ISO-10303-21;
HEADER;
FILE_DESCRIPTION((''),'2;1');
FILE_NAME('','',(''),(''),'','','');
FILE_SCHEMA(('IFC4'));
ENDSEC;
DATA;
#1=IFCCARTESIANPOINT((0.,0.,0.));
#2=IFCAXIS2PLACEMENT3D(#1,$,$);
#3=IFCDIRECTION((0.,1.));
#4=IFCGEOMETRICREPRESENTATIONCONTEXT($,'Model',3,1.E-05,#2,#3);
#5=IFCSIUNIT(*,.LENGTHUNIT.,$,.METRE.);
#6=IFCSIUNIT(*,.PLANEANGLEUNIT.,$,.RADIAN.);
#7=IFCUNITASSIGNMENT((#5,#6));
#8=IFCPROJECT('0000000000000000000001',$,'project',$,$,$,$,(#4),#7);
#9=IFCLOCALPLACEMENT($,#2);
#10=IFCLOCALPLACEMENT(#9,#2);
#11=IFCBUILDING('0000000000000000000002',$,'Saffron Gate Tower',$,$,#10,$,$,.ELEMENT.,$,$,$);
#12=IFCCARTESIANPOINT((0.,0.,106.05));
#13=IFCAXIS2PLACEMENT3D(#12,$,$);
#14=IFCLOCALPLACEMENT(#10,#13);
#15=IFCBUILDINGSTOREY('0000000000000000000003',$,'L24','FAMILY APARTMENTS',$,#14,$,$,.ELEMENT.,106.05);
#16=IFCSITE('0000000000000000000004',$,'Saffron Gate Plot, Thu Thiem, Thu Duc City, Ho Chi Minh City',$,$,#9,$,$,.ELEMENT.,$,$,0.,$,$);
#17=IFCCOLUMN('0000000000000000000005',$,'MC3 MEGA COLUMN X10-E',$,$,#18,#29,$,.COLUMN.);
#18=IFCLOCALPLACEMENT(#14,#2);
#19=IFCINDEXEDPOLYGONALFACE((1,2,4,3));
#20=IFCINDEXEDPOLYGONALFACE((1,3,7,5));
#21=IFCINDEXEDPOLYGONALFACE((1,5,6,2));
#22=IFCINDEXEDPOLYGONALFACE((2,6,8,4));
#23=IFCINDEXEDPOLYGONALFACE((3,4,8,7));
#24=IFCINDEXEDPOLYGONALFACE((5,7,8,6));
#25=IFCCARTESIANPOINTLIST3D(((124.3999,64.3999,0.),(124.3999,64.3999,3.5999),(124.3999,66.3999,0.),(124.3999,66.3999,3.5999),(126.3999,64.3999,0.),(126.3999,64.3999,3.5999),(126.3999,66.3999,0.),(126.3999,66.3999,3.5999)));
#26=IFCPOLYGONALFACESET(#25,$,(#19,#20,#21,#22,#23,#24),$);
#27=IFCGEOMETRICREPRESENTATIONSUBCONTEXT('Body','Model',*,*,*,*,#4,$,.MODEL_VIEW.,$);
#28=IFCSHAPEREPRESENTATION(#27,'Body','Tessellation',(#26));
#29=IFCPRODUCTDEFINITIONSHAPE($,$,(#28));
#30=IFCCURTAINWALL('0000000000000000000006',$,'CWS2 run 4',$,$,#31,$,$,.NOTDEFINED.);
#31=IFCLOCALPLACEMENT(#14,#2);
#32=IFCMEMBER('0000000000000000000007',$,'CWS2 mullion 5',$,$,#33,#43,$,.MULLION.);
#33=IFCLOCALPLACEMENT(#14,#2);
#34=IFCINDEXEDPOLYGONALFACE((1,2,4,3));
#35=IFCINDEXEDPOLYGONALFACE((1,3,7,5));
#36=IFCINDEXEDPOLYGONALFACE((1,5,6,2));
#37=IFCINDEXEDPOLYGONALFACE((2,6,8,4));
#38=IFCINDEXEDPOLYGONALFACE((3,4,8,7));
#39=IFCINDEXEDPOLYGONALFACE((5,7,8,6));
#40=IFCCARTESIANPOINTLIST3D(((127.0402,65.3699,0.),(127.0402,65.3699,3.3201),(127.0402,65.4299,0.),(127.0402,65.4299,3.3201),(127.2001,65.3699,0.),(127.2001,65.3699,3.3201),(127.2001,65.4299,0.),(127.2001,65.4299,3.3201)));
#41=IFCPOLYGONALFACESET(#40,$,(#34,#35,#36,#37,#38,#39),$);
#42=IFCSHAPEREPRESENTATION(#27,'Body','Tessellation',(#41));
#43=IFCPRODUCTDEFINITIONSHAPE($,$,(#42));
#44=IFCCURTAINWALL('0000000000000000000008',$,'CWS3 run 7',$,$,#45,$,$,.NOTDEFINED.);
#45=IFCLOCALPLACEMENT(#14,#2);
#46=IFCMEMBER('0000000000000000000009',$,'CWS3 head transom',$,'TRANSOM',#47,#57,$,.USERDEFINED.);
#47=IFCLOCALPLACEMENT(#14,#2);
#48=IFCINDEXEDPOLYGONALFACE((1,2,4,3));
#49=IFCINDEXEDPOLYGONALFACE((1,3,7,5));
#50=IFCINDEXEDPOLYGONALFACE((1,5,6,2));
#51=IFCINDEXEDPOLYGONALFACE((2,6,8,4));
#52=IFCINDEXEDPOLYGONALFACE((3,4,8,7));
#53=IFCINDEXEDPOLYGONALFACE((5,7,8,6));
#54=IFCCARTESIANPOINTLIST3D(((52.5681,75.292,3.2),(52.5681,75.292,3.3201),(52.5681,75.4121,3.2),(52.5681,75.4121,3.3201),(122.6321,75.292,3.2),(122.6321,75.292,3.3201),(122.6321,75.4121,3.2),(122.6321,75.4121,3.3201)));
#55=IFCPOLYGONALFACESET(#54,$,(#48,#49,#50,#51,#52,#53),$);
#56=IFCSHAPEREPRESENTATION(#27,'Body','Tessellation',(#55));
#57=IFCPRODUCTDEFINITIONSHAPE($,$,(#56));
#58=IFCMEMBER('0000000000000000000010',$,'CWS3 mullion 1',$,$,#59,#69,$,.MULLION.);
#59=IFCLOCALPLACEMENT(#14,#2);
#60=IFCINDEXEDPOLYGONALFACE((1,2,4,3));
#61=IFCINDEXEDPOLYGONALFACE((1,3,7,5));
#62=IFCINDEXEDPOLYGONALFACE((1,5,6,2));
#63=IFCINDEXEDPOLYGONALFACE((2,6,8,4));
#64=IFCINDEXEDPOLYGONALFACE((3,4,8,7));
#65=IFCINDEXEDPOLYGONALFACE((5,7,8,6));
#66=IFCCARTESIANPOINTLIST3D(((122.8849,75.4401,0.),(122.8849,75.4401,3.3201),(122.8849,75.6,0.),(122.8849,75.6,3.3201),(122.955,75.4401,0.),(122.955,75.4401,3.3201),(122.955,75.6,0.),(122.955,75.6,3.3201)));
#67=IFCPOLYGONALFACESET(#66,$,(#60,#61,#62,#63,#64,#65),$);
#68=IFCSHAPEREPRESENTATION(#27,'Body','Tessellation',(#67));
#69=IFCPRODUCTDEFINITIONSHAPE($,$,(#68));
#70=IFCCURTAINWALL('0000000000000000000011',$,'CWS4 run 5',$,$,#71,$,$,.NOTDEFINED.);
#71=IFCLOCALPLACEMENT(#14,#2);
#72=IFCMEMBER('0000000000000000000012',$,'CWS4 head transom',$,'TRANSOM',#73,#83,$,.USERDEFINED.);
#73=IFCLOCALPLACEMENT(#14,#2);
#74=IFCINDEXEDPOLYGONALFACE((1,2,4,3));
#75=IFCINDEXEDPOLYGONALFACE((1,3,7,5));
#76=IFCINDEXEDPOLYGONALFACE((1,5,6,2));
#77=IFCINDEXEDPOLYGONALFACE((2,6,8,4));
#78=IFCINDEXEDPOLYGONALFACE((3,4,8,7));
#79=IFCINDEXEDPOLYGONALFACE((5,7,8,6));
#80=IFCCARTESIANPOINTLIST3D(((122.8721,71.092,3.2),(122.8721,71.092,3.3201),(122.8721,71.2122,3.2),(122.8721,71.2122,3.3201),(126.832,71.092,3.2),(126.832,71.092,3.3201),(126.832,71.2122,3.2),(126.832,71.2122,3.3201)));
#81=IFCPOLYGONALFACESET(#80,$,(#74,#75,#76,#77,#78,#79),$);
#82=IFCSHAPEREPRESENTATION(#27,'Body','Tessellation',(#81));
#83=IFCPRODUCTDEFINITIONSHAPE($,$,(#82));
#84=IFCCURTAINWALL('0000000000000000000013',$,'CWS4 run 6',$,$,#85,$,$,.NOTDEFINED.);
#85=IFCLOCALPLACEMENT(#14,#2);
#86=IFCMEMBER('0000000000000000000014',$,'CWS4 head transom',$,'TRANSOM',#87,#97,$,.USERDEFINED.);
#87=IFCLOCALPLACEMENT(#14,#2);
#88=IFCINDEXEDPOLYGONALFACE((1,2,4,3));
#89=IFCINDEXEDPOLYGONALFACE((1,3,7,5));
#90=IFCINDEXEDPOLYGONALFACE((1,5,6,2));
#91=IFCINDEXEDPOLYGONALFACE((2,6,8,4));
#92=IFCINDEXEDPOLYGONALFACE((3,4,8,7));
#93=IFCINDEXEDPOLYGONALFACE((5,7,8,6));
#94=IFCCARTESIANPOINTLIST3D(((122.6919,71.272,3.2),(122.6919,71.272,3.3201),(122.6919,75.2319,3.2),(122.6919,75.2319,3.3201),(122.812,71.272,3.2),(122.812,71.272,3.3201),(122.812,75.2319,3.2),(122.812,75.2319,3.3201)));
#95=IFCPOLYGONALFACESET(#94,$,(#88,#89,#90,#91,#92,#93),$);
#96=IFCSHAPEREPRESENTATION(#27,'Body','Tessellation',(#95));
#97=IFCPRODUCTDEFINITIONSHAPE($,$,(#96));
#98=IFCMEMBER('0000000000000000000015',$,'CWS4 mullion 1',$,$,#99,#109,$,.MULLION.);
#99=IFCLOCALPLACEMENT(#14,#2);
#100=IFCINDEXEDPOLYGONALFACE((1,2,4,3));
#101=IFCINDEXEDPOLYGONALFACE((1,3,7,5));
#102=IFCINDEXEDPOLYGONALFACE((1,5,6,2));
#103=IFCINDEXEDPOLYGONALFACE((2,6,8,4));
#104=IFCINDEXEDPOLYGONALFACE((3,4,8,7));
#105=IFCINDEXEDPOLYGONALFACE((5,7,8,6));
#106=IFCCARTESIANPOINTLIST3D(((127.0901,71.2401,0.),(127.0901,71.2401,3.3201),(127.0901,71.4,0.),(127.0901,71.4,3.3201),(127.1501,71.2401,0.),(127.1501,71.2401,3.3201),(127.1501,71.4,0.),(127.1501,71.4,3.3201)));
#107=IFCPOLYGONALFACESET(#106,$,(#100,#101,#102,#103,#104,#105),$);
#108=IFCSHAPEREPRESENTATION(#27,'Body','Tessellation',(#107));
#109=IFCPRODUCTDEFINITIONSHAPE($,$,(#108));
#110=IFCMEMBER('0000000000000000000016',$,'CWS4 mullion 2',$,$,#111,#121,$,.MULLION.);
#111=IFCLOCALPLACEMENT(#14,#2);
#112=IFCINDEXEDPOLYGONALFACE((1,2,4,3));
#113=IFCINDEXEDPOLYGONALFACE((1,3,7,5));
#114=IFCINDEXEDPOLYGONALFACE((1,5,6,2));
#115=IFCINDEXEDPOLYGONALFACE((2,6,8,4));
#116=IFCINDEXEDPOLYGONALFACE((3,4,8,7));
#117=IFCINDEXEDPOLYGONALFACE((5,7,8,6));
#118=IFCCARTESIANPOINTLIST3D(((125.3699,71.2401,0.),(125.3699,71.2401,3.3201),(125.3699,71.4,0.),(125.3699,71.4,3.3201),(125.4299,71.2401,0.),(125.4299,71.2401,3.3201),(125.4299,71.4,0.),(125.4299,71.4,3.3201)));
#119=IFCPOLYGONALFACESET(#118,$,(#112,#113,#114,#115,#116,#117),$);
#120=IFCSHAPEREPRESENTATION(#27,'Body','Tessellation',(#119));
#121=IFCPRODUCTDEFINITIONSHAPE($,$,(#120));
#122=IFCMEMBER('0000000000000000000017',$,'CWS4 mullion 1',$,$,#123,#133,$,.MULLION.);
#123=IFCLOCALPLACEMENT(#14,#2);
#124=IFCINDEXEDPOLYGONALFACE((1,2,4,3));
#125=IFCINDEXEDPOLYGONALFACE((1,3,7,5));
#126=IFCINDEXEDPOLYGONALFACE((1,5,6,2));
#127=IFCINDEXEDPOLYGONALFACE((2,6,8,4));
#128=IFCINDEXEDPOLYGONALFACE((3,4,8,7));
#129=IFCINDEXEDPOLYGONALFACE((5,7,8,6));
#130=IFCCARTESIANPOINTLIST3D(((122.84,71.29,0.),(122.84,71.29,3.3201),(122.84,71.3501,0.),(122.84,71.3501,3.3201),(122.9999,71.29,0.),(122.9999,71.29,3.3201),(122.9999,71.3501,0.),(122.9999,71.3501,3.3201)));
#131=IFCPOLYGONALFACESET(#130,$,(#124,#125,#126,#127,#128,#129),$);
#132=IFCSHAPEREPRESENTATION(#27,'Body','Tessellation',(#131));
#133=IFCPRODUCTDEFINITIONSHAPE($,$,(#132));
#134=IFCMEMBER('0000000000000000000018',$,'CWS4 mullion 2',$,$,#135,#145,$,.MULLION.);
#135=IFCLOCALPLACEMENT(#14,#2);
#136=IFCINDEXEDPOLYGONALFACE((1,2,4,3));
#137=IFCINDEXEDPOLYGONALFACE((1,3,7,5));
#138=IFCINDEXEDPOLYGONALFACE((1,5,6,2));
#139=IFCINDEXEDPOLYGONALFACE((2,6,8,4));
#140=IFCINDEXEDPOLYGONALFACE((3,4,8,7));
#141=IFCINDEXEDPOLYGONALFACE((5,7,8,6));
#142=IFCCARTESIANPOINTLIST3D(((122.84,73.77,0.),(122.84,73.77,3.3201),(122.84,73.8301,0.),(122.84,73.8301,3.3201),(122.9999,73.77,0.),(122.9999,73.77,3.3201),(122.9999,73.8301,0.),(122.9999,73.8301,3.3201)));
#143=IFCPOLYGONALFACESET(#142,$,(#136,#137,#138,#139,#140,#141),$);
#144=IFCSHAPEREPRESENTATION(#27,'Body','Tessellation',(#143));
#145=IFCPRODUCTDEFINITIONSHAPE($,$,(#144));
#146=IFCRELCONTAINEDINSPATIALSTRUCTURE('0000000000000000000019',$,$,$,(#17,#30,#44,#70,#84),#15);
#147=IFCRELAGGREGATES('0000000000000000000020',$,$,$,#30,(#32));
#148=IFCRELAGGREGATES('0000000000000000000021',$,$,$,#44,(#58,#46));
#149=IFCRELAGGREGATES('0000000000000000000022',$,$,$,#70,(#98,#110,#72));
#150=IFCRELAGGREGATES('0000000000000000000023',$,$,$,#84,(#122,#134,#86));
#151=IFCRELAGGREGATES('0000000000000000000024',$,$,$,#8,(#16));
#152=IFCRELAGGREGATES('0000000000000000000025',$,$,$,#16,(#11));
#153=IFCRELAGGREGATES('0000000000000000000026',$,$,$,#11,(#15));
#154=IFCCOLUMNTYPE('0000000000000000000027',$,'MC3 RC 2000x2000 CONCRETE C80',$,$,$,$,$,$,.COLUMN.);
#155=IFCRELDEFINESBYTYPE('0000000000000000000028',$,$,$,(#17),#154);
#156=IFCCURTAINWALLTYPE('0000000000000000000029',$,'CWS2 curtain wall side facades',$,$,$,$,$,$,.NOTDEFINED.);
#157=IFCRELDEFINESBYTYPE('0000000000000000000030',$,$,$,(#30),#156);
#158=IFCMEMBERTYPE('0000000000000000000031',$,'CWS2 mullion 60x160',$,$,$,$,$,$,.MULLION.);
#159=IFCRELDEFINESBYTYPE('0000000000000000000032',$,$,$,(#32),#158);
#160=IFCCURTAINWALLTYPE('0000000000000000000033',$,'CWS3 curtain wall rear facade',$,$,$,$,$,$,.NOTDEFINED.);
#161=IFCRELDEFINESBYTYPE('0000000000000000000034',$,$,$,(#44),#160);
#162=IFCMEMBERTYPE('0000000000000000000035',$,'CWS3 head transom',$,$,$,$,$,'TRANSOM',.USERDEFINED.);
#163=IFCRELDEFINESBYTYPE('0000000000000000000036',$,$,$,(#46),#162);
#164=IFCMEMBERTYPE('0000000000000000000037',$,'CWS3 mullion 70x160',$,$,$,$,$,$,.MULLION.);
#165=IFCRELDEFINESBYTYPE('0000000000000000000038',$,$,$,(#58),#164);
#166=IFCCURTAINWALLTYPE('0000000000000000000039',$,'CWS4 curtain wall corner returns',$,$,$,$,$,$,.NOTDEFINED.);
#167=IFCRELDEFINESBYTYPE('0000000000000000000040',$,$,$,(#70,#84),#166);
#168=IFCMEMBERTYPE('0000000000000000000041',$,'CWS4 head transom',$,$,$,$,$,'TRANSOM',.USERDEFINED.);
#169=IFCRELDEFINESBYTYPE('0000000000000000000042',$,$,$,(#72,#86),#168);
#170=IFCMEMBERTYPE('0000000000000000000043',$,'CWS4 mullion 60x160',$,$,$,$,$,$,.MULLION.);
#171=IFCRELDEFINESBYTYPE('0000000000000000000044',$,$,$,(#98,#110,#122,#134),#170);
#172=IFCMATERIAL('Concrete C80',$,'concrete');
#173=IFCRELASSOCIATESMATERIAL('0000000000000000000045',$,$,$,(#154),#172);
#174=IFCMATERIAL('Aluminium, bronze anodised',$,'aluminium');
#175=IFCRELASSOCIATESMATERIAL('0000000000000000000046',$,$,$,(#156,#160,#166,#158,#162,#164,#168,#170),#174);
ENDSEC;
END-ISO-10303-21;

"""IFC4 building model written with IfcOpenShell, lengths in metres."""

from ifc_helpers import new_model, si_unit, direction, frame, origin, origin_2d, place, context, subcontext, project, spatial, rectangle, extrude, material, material_profile, profile_set, type_object, element, aggregate, save


model = new_model("IFC4")

# Units and contexts
model_context = context("Model", 3, precision=1e-05, world=origin(), true_north=direction((0.0, 1.0)))
body_context = subcontext(model_context, "Body", "Model", "MODEL_VIEW")
ifc_project = project(units=[si_unit("LENGTHUNIT", "METRE"), si_unit("PLANEANGLEUNIT", "RADIAN")], contexts=[model_context])

# Site, building, storey
site_placement = place(None, origin())
site = spatial("IfcSite", under=ifc_project, at=site_placement, Name="Saffron Gate Plot, Thu Thiem, Thu Duc City, Ho Chi Minh City", CompositionType="ELEMENT", RefElevation=0.0)
building_placement = place(site_placement, origin())
building = spatial("IfcBuilding", under=site, at=building_placement, Name="Saffron Gate Tower", CompositionType="ELEMENT")
storey_placement = place(building_placement, frame((0.0, 0.0, 106.05)))
storey = spatial("IfcBuildingStorey", under=building, at=storey_placement, Name="L24", Description="FAMILY APARTMENTS", CompositionType="ELEMENT", Elevation=106.05)

# Column
ifc_material_1 = material(Name="Concrete C80", Category="concrete")
ifc_material_profile_1 = material_profile(ifc_material_1, rectangle(XDim=2.0, YDim=2.0, at=origin_2d()))
ifc_profile_set_1 = profile_set([ifc_material_profile_1], Name="Concrete C80")
column_type = type_object("IfcColumnType", Name="MC3 RC 2000x2000 CONCRETE C80", PredefinedType="COLUMN", material=ifc_profile_set_1)
column_placement = place(storey_placement, frame((125.3999, 65.3999, 0.0), z_axis=(0.0, 0.0, 1.0), x_axis=(1.0, 0.0, 0.0)))
element("IfcColumn", 1, at=column_placement, inside=storey, type_object=column_type, Name="MC3 MEGA COLUMN X10-E", PredefinedType="COLUMN", context=body_context, shape_type="SweptSolid", body=[
    extrude(rectangle(XDim=2.0, YDim=2.0, at=origin_2d()), origin(), (0.0, 0.0, 1.0), 3.5999),
])

# Curtain wall, member
ifc_material_2 = material(Name="Aluminium, bronze anodised", Category="aluminium")
curtain_wall_type_1 = type_object("IfcCurtainWallType", Name="CWS2 curtain wall side facades", PredefinedType="NOTDEFINED", material=ifc_material_2)
curtain_wall_1_placement = place(storey_placement, origin())
curtain_wall_1 = element("IfcCurtainWall", 2, at=curtain_wall_1_placement, inside=storey, type_object=curtain_wall_type_1, Name="CWS2 run 4", PredefinedType="NOTDEFINED")
ifc_material_profile_2 = material_profile(ifc_material_2, rectangle(XDim=0.1599, YDim=0.0601, at=origin_2d()))
ifc_profile_set_2 = profile_set([ifc_material_profile_2], Name="Aluminium, bronze anodised")
member_type_1 = type_object("IfcMemberType", Name="CWS2 mullion 60x160", PredefinedType="MULLION", material=ifc_profile_set_2)
member_1_placement = place(storey_placement, frame((127.1201, 65.3999, 0.0), z_axis=(0.0, 0.0, 1.0), x_axis=(-1.0, 0.0, 0.0)))
member_1 = element("IfcMember", 3, at=member_1_placement, type_object=member_type_1, Name="CWS2 mullion 5", PredefinedType="MULLION", context=body_context, shape_type="SweptSolid", body=[
    extrude(rectangle(XDim=0.1599, YDim=0.0601, at=origin_2d()), origin(), (0.0, 0.0, 1.0), 3.3201),
])
aggregate(curtain_wall_1, [member_1])

# Curtain wall, members
curtain_wall_type_2 = type_object("IfcCurtainWallType", Name="CWS3 curtain wall rear facade", PredefinedType="NOTDEFINED", material=ifc_material_2)
curtain_wall_2_placement = place(storey_placement, origin())
curtain_wall_2 = element("IfcCurtainWall", 4, at=curtain_wall_2_placement, inside=storey, type_object=curtain_wall_type_2, Name="CWS3 run 7", PredefinedType="NOTDEFINED")
ifc_material_profile_3 = material_profile(ifc_material_2, rectangle(XDim=0.1201, YDim=0.1201, at=origin_2d()))
ifc_profile_set_3 = profile_set([ifc_material_profile_3], Name="Aluminium, bronze anodised")
member_type_2 = type_object("IfcMemberType", Name="CWS3 head transom", ElementType="TRANSOM", PredefinedType="USERDEFINED", material=ifc_profile_set_3)
member_2_placement = place(storey_placement, frame((122.6321, 75.3521, 3.26), z_axis=(-1.0, 0.0, 0.0), x_axis=(0.0, -1.0, 0.0)))
member_2 = element("IfcMember", 5, at=member_2_placement, type_object=member_type_2, Name="CWS3 head transom", ObjectType="TRANSOM", PredefinedType="USERDEFINED", context=body_context, shape_type="SweptSolid", body=[
    extrude(rectangle(XDim=0.1201, YDim=0.1201, at=origin_2d()), origin(), (0.0, 0.0, 1.0), 70.064),
])
ifc_material_profile_4 = material_profile(ifc_material_2, rectangle(XDim=0.1599, YDim=0.0701, at=origin_2d()))
ifc_profile_set_4 = profile_set([ifc_material_profile_4], Name="Aluminium, bronze anodised")
member_type_3 = type_object("IfcMemberType", Name="CWS3 mullion 70x160", PredefinedType="MULLION", material=ifc_profile_set_4)
member_3_placement = place(storey_placement, frame((122.9199, 75.52, 0.0), z_axis=(0.0, 0.0, 1.0), x_axis=(0.0, -1.0, 0.0)))
member_3 = element("IfcMember", 6, at=member_3_placement, type_object=member_type_3, Name="CWS3 mullion 1", PredefinedType="MULLION", context=body_context, shape_type="SweptSolid", body=[
    extrude(rectangle(XDim=0.1599, YDim=0.0701, at=origin_2d()), origin(), (0.0, 0.0, 1.0), 3.3201),
])

# Curtain walls, members
curtain_wall_type_3 = type_object("IfcCurtainWallType", Name="CWS4 curtain wall corner returns", PredefinedType="NOTDEFINED", material=ifc_material_2)
curtain_wall_3_placement = place(storey_placement, origin())
curtain_wall_3 = element("IfcCurtainWall", 7, at=curtain_wall_3_placement, inside=storey, type_object=curtain_wall_type_3, Name="CWS4 run 5", PredefinedType="NOTDEFINED")
ifc_material_profile_5 = material_profile(ifc_material_2, rectangle(XDim=0.1201, YDim=0.1201, at=origin_2d()))
ifc_profile_set_5 = profile_set([ifc_material_profile_5], Name="Aluminium, bronze anodised")
member_type_4 = type_object("IfcMemberType", Name="CWS4 head transom", ElementType="TRANSOM", PredefinedType="USERDEFINED", material=ifc_profile_set_5)
member_4_placement = place(storey_placement, frame((126.832, 71.1521, 3.26), z_axis=(-1.0, 0.0, 0.0), x_axis=(0.0, -1.0, 0.0)))
member_4 = element("IfcMember", 8, at=member_4_placement, type_object=member_type_4, Name="CWS4 head transom", ObjectType="TRANSOM", PredefinedType="USERDEFINED", context=body_context, shape_type="SweptSolid", body=[
    extrude(rectangle(XDim=0.1201, YDim=0.1201, at=origin_2d()), origin(), (0.0, 0.0, 1.0), 3.96),
])
curtain_wall_4_placement = place(storey_placement, origin())
curtain_wall_4 = element("IfcCurtainWall", 9, at=curtain_wall_4_placement, inside=storey, type_object=curtain_wall_type_3, Name="CWS4 run 6", PredefinedType="NOTDEFINED")
member_5_placement = place(storey_placement, frame((122.752, 71.272, 3.26), z_axis=(0.0, 1.0, 0.0), x_axis=(-1.0, 0.0, 0.0)))
member_5 = element("IfcMember", 10, at=member_5_placement, type_object=member_type_4, Name="CWS4 head transom", ObjectType="TRANSOM", PredefinedType="USERDEFINED", context=body_context, shape_type="SweptSolid", body=[
    extrude(rectangle(XDim=0.1201, YDim=0.1201, at=origin_2d()), origin(), (0.0, 0.0, 1.0), 3.96),
])

# Members
ifc_material_profile_6 = material_profile(ifc_material_2, rectangle(XDim=0.1599, YDim=0.0601, at=origin_2d()))
ifc_profile_set_6 = profile_set([ifc_material_profile_6], Name="Aluminium, bronze anodised")
member_type_5 = type_object("IfcMemberType", Name="CWS4 mullion 60x160", PredefinedType="MULLION", material=ifc_profile_set_6)
member_6_placement = place(storey_placement, frame((127.1201, 71.3201, 0.0), z_axis=(0.0, 0.0, 1.0), x_axis=(0.0, -1.0, 0.0)))
member_6 = element("IfcMember", 11, at=member_6_placement, type_object=member_type_5, Name="CWS4 mullion 1", PredefinedType="MULLION", context=body_context, shape_type="SweptSolid", body=[
    extrude(rectangle(XDim=0.1599, YDim=0.0601, at=origin_2d()), origin(), (0.0, 0.0, 1.0), 3.3201),
])
member_7_placement = place(storey_placement, frame((125.3999, 71.3201, 0.0), z_axis=(0.0, 0.0, 1.0), x_axis=(0.0, -1.0, 0.0)))
member_7 = element("IfcMember", 12, at=member_7_placement, type_object=member_type_5, Name="CWS4 mullion 2", PredefinedType="MULLION", context=body_context, shape_type="SweptSolid", body=[
    extrude(rectangle(XDim=0.1599, YDim=0.0601, at=origin_2d()), origin(), (0.0, 0.0, 1.0), 3.3201),
])
member_8_placement = place(storey_placement, frame((122.9199, 71.3201, 0.0), z_axis=(0.0, 0.0, 1.0), x_axis=(-1.0, 0.0, 0.0)))
member_8 = element("IfcMember", 13, at=member_8_placement, type_object=member_type_5, Name="CWS4 mullion 1", PredefinedType="MULLION", context=body_context, shape_type="SweptSolid", body=[
    extrude(rectangle(XDim=0.1599, YDim=0.0601, at=origin_2d()), origin(), (0.0, 0.0, 1.0), 3.3201),
])
member_9_placement = place(storey_placement, frame((122.9199, 73.8, 0.0), z_axis=(0.0, 0.0, 1.0), x_axis=(-1.0, 0.0, 0.0)))
member_9 = element("IfcMember", 14, at=member_9_placement, type_object=member_type_5, Name="CWS4 mullion 2", PredefinedType="MULLION", context=body_context, shape_type="SweptSolid", body=[
    extrude(rectangle(XDim=0.1599, YDim=0.0601, at=origin_2d()), origin(), (0.0, 0.0, 1.0), 3.3201),
])

aggregate(curtain_wall_2, [member_3, member_2])

aggregate(curtain_wall_3, [member_6, member_7, member_4])
aggregate(curtain_wall_4, [member_8, member_9, member_5])

save(model, "model.ifc")
